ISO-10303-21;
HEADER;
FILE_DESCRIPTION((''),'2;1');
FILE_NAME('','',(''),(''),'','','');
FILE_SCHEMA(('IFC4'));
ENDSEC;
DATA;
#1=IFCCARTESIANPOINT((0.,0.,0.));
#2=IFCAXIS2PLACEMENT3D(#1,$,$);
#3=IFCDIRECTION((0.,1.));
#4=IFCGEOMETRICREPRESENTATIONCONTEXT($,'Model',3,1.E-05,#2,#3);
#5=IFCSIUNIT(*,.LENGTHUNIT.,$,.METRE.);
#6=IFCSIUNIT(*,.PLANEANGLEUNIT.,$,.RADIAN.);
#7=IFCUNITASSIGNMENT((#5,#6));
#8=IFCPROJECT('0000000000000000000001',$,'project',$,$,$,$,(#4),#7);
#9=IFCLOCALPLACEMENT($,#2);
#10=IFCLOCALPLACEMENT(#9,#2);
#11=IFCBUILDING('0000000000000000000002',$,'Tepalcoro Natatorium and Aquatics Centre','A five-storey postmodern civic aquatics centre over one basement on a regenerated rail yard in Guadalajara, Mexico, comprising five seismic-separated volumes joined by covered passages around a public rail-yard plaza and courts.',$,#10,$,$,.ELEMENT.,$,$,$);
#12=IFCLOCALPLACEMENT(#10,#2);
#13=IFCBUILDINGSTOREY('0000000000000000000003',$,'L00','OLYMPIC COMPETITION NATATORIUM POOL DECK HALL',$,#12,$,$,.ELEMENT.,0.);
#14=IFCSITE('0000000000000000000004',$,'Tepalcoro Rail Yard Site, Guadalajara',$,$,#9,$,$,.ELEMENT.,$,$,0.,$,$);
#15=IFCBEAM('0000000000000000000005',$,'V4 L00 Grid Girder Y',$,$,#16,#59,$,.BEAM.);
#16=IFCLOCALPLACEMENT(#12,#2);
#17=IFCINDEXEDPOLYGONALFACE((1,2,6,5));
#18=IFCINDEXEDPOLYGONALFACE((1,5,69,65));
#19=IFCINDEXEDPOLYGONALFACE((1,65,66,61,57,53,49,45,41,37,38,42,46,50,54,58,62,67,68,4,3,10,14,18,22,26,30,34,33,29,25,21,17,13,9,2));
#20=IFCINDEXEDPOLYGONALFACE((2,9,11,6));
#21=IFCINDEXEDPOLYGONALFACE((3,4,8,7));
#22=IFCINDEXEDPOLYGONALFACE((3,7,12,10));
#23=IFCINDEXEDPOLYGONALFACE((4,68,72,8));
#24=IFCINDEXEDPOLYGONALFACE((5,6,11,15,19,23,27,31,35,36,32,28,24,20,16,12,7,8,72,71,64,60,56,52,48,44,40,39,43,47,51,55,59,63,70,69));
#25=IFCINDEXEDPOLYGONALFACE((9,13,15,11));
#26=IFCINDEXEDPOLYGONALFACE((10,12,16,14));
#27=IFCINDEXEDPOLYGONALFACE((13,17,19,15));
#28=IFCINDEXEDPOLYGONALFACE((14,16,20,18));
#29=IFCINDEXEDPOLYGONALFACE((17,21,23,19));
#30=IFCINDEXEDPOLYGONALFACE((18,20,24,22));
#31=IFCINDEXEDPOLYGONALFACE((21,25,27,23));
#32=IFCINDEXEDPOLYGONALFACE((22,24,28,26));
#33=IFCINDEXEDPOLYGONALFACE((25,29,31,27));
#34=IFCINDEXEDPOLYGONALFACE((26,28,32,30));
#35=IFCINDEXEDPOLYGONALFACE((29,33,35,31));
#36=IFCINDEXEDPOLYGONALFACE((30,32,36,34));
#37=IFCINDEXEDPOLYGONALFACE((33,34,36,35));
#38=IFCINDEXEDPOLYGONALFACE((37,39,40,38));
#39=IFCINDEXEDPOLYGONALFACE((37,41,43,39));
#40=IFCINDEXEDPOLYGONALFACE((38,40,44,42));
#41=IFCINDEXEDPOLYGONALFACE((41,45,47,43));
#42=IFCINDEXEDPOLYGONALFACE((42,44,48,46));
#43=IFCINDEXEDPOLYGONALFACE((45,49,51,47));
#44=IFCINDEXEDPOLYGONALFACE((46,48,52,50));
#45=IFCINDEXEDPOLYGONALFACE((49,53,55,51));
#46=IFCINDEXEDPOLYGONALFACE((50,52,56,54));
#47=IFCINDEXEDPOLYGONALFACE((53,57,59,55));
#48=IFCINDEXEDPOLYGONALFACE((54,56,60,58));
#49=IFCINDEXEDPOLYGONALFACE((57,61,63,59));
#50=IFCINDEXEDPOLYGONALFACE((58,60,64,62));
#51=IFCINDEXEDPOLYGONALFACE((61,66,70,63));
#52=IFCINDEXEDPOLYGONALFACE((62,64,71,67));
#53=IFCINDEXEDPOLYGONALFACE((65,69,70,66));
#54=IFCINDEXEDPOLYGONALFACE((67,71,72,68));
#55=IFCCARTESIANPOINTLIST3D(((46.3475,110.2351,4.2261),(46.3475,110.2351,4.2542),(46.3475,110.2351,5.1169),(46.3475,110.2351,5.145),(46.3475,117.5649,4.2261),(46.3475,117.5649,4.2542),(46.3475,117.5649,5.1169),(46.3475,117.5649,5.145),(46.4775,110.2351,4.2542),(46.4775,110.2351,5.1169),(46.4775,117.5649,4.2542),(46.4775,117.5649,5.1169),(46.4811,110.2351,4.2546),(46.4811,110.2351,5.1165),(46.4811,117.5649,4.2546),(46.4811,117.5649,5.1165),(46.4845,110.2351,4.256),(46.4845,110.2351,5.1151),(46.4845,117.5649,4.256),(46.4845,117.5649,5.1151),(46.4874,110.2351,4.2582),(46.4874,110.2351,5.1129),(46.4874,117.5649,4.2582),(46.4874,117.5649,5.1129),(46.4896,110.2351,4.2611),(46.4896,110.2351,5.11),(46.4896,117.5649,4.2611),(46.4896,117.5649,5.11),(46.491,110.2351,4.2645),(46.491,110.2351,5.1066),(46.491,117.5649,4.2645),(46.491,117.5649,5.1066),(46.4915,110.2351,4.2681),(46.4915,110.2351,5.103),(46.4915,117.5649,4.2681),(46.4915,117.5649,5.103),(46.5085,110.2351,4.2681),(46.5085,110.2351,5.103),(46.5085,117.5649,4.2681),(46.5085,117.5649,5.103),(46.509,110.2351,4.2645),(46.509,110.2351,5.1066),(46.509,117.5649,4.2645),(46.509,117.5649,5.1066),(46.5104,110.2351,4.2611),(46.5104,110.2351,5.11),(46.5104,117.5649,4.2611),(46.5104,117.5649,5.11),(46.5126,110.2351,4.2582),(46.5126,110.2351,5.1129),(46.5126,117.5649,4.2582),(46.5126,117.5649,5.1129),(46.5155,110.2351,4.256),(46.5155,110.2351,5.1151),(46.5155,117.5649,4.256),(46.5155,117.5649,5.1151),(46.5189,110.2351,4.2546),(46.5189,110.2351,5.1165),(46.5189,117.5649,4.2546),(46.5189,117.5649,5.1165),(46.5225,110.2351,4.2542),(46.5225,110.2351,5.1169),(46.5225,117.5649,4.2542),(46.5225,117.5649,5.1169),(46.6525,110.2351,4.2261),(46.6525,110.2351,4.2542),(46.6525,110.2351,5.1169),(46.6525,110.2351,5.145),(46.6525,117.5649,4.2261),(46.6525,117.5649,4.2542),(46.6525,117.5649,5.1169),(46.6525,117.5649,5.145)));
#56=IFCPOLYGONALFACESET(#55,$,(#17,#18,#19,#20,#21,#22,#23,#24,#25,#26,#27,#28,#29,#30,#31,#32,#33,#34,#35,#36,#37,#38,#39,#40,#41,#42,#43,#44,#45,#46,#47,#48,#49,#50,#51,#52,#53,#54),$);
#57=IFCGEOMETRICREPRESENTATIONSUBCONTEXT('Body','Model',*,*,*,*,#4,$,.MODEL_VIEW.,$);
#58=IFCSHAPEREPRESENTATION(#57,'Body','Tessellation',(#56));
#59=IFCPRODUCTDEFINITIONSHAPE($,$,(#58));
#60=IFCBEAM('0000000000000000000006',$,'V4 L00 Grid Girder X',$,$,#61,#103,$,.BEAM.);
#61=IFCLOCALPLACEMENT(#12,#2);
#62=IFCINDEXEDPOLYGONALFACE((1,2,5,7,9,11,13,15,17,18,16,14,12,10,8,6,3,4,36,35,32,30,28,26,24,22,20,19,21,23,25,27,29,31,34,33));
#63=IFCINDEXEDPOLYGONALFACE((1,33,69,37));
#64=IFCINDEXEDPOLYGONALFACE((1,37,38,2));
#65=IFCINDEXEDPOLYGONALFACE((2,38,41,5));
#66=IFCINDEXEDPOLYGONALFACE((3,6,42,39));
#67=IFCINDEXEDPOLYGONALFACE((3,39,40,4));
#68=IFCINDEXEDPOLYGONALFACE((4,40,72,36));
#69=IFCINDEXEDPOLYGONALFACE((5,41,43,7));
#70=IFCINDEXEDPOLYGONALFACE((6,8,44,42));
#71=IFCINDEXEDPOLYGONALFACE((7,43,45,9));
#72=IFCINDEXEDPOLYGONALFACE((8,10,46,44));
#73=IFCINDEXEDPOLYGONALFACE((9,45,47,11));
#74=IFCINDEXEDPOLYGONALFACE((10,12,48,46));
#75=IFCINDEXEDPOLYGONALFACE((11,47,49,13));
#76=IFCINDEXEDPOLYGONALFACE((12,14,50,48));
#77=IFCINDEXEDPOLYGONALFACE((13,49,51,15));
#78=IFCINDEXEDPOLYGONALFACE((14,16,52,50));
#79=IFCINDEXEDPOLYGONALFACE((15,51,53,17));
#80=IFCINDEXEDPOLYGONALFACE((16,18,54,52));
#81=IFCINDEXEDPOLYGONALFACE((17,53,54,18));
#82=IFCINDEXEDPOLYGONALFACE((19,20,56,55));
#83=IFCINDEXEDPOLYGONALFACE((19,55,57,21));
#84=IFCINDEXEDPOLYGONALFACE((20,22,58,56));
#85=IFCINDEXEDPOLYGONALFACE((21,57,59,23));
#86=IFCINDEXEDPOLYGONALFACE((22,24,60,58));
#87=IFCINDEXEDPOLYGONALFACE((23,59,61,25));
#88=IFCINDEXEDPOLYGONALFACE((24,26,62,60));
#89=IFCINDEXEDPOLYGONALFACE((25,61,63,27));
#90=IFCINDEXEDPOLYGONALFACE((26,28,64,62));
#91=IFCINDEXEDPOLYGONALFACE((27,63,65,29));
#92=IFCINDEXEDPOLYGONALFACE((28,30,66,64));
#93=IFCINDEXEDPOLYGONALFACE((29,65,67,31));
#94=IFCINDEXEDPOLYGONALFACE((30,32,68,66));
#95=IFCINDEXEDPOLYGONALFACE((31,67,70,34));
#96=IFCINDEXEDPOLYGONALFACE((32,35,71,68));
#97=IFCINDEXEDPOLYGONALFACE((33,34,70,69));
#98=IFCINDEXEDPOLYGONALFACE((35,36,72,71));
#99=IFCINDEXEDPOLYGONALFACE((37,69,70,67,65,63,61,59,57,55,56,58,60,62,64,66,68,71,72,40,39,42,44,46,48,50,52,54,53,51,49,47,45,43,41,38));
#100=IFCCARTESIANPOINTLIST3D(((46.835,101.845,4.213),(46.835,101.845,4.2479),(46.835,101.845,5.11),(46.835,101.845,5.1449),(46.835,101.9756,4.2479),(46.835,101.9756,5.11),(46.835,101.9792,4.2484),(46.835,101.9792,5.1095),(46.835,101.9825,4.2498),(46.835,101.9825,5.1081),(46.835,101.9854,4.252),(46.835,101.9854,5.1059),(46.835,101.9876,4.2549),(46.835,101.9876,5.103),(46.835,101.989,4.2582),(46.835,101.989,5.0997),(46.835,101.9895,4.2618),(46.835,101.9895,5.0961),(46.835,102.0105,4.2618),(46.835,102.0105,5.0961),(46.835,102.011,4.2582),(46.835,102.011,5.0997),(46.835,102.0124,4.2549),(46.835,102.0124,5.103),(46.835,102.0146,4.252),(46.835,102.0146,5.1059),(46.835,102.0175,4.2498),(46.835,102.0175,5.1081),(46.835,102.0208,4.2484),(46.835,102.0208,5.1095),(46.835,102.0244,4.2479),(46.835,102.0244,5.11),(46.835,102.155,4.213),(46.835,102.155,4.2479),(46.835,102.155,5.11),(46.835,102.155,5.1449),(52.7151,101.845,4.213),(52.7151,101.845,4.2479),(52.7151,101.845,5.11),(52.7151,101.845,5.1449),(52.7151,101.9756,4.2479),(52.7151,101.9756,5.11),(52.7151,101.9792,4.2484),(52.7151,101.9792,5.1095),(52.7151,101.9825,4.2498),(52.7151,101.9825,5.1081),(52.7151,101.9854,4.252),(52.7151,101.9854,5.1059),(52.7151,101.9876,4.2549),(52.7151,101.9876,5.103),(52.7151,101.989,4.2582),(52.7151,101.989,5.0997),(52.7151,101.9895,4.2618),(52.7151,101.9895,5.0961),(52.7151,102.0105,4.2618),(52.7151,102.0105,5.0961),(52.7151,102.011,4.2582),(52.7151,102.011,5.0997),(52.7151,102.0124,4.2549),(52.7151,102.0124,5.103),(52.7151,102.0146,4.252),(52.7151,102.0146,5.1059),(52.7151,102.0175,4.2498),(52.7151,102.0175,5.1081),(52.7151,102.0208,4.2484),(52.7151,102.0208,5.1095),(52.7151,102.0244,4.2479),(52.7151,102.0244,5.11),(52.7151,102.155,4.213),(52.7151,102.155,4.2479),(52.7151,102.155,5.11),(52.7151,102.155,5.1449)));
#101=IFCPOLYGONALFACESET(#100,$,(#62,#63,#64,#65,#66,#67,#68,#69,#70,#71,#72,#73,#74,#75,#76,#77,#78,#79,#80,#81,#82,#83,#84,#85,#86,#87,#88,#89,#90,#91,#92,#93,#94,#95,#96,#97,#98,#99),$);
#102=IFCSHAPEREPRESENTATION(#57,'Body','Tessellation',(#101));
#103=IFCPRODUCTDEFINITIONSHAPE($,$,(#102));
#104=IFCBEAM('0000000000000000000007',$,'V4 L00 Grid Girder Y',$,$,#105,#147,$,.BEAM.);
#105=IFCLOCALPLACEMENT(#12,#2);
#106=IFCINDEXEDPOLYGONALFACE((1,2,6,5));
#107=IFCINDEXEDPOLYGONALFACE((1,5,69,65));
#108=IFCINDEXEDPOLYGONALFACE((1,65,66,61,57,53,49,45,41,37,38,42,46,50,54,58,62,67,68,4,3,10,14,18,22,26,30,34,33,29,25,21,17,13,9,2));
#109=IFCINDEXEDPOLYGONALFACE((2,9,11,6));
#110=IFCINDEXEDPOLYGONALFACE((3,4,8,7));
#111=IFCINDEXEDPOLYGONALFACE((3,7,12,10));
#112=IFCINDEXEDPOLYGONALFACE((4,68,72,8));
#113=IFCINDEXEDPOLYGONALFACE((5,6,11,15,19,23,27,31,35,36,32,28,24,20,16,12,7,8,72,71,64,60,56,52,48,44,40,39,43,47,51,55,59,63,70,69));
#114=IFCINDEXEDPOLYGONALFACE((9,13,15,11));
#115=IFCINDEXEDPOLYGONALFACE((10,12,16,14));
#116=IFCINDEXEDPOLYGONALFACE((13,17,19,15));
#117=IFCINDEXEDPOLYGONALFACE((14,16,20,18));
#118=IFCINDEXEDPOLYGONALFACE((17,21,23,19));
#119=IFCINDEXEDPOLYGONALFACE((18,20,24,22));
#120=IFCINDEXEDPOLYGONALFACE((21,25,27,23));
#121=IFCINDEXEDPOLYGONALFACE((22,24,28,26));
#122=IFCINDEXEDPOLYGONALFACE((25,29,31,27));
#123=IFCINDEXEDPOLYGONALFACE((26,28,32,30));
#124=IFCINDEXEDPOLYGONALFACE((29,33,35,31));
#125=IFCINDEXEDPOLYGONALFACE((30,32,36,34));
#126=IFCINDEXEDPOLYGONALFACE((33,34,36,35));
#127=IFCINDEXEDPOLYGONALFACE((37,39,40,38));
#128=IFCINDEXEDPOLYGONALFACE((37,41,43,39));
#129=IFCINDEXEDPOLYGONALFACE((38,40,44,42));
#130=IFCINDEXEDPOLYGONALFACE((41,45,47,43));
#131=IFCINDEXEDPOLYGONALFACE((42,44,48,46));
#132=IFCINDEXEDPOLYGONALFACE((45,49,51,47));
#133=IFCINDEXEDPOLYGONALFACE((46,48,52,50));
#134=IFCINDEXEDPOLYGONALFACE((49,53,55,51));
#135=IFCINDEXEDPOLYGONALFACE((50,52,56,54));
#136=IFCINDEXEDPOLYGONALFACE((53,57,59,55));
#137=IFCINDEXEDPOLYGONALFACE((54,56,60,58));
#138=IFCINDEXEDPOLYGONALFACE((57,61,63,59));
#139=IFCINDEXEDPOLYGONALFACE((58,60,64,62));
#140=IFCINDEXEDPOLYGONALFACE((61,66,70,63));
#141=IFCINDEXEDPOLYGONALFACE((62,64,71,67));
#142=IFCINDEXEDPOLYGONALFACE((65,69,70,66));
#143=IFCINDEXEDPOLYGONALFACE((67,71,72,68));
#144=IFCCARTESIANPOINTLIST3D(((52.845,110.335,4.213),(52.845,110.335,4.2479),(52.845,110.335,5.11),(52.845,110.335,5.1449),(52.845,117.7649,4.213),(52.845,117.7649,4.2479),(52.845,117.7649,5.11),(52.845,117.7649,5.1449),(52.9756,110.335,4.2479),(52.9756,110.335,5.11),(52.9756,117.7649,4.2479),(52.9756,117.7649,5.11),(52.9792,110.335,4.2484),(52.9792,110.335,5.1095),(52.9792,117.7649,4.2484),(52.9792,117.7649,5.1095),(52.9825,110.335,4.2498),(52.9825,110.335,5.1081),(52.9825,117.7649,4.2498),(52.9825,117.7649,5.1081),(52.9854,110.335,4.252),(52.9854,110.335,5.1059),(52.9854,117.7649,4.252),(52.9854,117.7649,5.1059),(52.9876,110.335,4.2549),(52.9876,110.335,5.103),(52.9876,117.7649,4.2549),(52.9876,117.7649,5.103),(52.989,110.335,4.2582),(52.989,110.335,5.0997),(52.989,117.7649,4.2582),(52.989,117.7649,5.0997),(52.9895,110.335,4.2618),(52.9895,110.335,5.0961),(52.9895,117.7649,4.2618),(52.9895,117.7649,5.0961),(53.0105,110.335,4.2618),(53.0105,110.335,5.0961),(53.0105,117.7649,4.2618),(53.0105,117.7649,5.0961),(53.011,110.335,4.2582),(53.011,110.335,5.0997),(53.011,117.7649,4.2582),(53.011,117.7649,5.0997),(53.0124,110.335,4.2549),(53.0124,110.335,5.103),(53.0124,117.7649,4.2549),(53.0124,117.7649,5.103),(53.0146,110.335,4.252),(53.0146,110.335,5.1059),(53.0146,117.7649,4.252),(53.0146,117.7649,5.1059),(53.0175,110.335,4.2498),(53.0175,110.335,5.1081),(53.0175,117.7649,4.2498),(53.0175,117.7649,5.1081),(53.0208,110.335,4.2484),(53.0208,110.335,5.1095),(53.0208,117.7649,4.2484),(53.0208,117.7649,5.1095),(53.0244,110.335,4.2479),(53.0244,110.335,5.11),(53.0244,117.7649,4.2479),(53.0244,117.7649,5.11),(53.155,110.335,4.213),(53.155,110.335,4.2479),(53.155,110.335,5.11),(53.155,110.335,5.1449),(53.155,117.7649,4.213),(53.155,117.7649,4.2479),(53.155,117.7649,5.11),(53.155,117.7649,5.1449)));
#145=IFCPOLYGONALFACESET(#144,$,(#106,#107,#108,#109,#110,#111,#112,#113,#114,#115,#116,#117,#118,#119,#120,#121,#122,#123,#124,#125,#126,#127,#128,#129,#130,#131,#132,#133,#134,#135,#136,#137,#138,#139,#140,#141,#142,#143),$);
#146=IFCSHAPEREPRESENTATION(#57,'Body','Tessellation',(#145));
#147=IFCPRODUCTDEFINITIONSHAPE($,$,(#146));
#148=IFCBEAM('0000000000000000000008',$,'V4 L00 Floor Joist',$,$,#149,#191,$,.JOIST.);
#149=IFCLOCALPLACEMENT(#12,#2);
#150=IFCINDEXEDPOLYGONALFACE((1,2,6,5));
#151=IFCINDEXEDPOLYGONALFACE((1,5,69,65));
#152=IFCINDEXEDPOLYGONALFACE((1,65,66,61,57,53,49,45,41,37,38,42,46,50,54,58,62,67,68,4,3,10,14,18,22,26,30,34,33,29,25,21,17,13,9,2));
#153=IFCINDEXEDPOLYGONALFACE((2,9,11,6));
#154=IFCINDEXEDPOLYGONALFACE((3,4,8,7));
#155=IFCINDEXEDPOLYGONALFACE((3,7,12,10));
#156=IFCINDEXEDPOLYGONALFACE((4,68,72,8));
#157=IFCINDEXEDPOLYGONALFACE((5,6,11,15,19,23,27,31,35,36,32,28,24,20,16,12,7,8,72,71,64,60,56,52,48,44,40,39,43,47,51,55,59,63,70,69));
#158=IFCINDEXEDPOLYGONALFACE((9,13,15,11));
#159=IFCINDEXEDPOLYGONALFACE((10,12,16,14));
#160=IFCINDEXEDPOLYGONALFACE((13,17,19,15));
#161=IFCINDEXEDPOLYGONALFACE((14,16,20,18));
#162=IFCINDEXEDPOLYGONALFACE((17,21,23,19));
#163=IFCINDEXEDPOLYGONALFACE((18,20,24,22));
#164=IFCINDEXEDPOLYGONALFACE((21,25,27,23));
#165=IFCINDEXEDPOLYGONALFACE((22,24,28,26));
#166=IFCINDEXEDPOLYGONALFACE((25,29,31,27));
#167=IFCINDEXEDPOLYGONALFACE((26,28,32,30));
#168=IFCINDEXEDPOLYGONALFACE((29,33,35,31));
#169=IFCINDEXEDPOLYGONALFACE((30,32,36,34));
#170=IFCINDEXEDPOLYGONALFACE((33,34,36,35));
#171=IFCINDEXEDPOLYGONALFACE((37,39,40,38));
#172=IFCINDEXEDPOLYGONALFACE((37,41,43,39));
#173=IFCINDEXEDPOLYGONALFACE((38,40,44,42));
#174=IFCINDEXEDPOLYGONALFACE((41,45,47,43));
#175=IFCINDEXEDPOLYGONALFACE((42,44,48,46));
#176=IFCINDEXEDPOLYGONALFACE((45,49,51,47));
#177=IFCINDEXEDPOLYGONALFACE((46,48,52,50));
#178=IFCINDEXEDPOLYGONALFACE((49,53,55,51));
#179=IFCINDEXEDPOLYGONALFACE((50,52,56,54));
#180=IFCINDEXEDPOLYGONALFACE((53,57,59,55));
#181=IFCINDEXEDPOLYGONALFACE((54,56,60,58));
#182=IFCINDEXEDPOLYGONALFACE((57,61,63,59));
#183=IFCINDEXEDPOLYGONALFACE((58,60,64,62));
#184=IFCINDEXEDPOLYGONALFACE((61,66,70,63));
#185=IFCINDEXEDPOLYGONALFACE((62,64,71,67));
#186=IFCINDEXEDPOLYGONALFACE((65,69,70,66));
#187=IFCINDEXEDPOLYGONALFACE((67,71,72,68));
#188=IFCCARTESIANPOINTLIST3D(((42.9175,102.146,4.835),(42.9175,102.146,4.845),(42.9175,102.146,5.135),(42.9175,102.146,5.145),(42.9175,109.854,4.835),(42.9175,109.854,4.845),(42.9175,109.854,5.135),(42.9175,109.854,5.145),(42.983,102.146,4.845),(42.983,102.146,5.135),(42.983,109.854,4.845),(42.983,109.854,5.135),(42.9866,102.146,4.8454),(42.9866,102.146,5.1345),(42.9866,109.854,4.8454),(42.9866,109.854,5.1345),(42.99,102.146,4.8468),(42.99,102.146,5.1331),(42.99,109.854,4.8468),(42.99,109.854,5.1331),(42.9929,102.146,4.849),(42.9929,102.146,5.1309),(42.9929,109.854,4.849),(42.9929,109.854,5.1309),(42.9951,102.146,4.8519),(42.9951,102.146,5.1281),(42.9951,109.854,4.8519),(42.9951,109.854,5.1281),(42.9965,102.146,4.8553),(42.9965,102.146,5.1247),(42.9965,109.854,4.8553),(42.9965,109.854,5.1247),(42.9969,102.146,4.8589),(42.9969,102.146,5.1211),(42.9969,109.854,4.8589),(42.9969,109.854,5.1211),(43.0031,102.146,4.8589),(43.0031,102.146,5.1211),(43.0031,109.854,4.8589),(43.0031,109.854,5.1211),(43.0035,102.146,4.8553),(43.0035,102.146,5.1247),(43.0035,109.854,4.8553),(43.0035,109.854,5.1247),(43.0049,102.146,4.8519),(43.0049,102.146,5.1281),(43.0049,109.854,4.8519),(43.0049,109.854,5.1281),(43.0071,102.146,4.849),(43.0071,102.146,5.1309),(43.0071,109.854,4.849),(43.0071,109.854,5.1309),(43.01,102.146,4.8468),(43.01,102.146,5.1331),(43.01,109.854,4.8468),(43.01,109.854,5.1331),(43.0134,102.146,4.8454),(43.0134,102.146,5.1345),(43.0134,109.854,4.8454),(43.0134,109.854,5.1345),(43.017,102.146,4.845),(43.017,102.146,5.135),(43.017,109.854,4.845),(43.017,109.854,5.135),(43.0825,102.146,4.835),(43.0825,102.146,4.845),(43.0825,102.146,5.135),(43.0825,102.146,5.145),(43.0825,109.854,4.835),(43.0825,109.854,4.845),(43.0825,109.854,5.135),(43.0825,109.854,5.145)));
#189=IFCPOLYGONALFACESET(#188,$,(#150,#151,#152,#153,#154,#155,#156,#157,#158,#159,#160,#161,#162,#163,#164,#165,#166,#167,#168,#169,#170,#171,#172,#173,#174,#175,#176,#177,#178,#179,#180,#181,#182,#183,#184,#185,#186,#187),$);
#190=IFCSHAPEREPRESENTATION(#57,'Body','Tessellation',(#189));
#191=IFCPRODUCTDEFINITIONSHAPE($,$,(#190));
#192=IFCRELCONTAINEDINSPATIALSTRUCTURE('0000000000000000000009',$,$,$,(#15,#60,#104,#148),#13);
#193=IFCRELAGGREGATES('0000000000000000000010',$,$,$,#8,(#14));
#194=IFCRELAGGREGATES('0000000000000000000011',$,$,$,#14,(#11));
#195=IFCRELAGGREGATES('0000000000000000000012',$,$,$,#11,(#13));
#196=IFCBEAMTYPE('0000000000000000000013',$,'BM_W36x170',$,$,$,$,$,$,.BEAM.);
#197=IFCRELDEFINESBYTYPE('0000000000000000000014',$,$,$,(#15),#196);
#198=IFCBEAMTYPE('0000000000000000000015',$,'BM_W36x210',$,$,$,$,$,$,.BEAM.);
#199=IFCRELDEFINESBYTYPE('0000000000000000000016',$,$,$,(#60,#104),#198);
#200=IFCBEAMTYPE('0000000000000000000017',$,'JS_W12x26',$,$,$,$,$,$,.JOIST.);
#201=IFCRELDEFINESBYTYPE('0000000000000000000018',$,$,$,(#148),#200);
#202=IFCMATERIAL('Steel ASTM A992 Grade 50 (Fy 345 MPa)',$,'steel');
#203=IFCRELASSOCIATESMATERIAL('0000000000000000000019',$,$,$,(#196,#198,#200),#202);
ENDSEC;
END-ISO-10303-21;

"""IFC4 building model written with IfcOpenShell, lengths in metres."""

from ifc_helpers import new_model, si_unit, direction, frame, origin, origin_2d, place, context, subcontext, project, spatial, i_section, extrude, material, material_profile, profile_set, type_object, element, save


model = new_model("IFC4")

# Units and contexts
model_context = context("Model", 3, precision=1e-05, world=origin(), true_north=direction((0.0, 1.0)))
body_context = subcontext(model_context, "Body", "Model", "MODEL_VIEW")
ifc_project = project(units=[si_unit("LENGTHUNIT", "METRE"), si_unit("PLANEANGLEUNIT", "RADIAN")], contexts=[model_context])

# Site, building, storey
site_placement = place(None, origin())
site = spatial("IfcSite", under=ifc_project, at=site_placement, Name="Tepalcoro Rail Yard Site, Guadalajara", CompositionType="ELEMENT", RefElevation=0.0)
building_placement = place(site_placement, origin())
building = spatial("IfcBuilding", under=site, at=building_placement, Name="Tepalcoro Natatorium and Aquatics Centre", Description="A five-storey postmodern civic aquatics centre over one basement on a regenerated rail yard in Guadalajara, Mexico, comprising five seismic-separated volumes joined by covered passages around a public rail-yard plaza and courts.", CompositionType="ELEMENT")
storey_placement = place(building_placement, origin())
storey = spatial("IfcBuildingStorey", under=building, at=storey_placement, Name="L00", Description="OLYMPIC COMPETITION NATATORIUM POOL DECK HALL", CompositionType="ELEMENT", Elevation=0.0)

# Beams
ifc_material_1 = material(Name="Steel ASTM A992 Grade 50 (Fy 345 MPa)", Category="steel")
ifc_material_profile_1 = material_profile(ifc_material_1, i_section(OverallWidth=0.3049, OverallDepth=0.9189, WebThickness=0.0171, FlangeThickness=0.0281, FilletRadius=0.0139, at=origin_2d()), Name="W36X170")
ifc_profile_set_1 = profile_set([ifc_material_profile_1], Name="Steel ASTM A992 Grade 50 (Fy 345 MPa)")
beam_type_1 = type_object("IfcBeamType", Name="BM_W36x170", PredefinedType="BEAM", material=ifc_profile_set_1)
beam_1_placement = place(storey_placement, frame((46.5, 110.2351, 4.6855), z_axis=(0.0, 1.0, 0.0), x_axis=(-1.0, 0.0, 0.0)))
element("IfcBeam", 1, at=beam_1_placement, inside=storey, type_object=beam_type_1, Name="V4 L00 Grid Girder Y", PredefinedType="BEAM", context=body_context, shape_type="SweptSolid", body=[
    extrude(i_section(OverallWidth=0.3049, OverallDepth=0.9189, WebThickness=0.0171, FlangeThickness=0.0281, FilletRadius=0.0139, at=origin_2d()), origin(), (0.0, 0.0, 1.0), 7.3298),
])
ifc_material_profile_2 = material_profile(ifc_material_1, i_section(OverallWidth=0.3101, OverallDepth=0.9319, WebThickness=0.021, FlangeThickness=0.0349, FilletRadius=0.0139, at=origin_2d()), Name="W36X210")
ifc_profile_set_2 = profile_set([ifc_material_profile_2], Name="Steel ASTM A992 Grade 50 (Fy 345 MPa)")
beam_type_2 = type_object("IfcBeamType", Name="BM_W36x210", PredefinedType="BEAM", material=ifc_profile_set_2)
beam_2_placement = place(storey_placement, frame((46.835, 102.0, 4.679), z_axis=(1.0, 0.0, 0.0), x_axis=(0.0, 1.0, 0.0)))
element("IfcBeam", 2, at=beam_2_placement, inside=storey, type_object=beam_type_2, Name="V4 L00 Grid Girder X", PredefinedType="BEAM", context=body_context, shape_type="SweptSolid", body=[
    extrude(i_section(OverallWidth=0.3101, OverallDepth=0.9319, WebThickness=0.021, FlangeThickness=0.0349, FilletRadius=0.0139, at=origin_2d()), origin(), (0.0, 0.0, 1.0), 5.8801),
])
beam_3_placement = place(storey_placement, frame((53.0, 110.335, 4.679), z_axis=(0.0, 1.0, 0.0), x_axis=(-1.0, 0.0, 0.0)))
element("IfcBeam", 3, at=beam_3_placement, inside=storey, type_object=beam_type_2, Name="V4 L00 Grid Girder Y", PredefinedType="BEAM", context=body_context, shape_type="SweptSolid", body=[
    extrude(i_section(OverallWidth=0.3101, OverallDepth=0.9319, WebThickness=0.021, FlangeThickness=0.0349, FilletRadius=0.0139, at=origin_2d()), origin(), (0.0, 0.0, 1.0), 7.4299),
])
ifc_material_profile_3 = material_profile(ifc_material_1, i_section(OverallWidth=0.165, OverallDepth=0.3101, WebThickness=0.0061, FlangeThickness=0.01, FilletRadius=0.0139, at=origin_2d()), Name="W12X26")
ifc_profile_set_3 = profile_set([ifc_material_profile_3], Name="Steel ASTM A992 Grade 50 (Fy 345 MPa)")
beam_type_3 = type_object("IfcBeamType", Name="JS_W12x26", PredefinedType="JOIST", material=ifc_profile_set_3)
beam_4_placement = place(storey_placement, frame((43.0, 102.146, 4.99), z_axis=(0.0, 1.0, 0.0), x_axis=(-1.0, 0.0, 0.0)))
element("IfcBeam", 4, at=beam_4_placement, inside=storey, type_object=beam_type_3, Name="V4 L00 Floor Joist", PredefinedType="JOIST", context=body_context, shape_type="SweptSolid", body=[
    extrude(i_section(OverallWidth=0.165, OverallDepth=0.3101, WebThickness=0.0061, FlangeThickness=0.01, FilletRadius=0.0139, at=origin_2d()), origin(), (0.0, 0.0, 1.0), 7.708),
])

save(model, "model.ifc")
